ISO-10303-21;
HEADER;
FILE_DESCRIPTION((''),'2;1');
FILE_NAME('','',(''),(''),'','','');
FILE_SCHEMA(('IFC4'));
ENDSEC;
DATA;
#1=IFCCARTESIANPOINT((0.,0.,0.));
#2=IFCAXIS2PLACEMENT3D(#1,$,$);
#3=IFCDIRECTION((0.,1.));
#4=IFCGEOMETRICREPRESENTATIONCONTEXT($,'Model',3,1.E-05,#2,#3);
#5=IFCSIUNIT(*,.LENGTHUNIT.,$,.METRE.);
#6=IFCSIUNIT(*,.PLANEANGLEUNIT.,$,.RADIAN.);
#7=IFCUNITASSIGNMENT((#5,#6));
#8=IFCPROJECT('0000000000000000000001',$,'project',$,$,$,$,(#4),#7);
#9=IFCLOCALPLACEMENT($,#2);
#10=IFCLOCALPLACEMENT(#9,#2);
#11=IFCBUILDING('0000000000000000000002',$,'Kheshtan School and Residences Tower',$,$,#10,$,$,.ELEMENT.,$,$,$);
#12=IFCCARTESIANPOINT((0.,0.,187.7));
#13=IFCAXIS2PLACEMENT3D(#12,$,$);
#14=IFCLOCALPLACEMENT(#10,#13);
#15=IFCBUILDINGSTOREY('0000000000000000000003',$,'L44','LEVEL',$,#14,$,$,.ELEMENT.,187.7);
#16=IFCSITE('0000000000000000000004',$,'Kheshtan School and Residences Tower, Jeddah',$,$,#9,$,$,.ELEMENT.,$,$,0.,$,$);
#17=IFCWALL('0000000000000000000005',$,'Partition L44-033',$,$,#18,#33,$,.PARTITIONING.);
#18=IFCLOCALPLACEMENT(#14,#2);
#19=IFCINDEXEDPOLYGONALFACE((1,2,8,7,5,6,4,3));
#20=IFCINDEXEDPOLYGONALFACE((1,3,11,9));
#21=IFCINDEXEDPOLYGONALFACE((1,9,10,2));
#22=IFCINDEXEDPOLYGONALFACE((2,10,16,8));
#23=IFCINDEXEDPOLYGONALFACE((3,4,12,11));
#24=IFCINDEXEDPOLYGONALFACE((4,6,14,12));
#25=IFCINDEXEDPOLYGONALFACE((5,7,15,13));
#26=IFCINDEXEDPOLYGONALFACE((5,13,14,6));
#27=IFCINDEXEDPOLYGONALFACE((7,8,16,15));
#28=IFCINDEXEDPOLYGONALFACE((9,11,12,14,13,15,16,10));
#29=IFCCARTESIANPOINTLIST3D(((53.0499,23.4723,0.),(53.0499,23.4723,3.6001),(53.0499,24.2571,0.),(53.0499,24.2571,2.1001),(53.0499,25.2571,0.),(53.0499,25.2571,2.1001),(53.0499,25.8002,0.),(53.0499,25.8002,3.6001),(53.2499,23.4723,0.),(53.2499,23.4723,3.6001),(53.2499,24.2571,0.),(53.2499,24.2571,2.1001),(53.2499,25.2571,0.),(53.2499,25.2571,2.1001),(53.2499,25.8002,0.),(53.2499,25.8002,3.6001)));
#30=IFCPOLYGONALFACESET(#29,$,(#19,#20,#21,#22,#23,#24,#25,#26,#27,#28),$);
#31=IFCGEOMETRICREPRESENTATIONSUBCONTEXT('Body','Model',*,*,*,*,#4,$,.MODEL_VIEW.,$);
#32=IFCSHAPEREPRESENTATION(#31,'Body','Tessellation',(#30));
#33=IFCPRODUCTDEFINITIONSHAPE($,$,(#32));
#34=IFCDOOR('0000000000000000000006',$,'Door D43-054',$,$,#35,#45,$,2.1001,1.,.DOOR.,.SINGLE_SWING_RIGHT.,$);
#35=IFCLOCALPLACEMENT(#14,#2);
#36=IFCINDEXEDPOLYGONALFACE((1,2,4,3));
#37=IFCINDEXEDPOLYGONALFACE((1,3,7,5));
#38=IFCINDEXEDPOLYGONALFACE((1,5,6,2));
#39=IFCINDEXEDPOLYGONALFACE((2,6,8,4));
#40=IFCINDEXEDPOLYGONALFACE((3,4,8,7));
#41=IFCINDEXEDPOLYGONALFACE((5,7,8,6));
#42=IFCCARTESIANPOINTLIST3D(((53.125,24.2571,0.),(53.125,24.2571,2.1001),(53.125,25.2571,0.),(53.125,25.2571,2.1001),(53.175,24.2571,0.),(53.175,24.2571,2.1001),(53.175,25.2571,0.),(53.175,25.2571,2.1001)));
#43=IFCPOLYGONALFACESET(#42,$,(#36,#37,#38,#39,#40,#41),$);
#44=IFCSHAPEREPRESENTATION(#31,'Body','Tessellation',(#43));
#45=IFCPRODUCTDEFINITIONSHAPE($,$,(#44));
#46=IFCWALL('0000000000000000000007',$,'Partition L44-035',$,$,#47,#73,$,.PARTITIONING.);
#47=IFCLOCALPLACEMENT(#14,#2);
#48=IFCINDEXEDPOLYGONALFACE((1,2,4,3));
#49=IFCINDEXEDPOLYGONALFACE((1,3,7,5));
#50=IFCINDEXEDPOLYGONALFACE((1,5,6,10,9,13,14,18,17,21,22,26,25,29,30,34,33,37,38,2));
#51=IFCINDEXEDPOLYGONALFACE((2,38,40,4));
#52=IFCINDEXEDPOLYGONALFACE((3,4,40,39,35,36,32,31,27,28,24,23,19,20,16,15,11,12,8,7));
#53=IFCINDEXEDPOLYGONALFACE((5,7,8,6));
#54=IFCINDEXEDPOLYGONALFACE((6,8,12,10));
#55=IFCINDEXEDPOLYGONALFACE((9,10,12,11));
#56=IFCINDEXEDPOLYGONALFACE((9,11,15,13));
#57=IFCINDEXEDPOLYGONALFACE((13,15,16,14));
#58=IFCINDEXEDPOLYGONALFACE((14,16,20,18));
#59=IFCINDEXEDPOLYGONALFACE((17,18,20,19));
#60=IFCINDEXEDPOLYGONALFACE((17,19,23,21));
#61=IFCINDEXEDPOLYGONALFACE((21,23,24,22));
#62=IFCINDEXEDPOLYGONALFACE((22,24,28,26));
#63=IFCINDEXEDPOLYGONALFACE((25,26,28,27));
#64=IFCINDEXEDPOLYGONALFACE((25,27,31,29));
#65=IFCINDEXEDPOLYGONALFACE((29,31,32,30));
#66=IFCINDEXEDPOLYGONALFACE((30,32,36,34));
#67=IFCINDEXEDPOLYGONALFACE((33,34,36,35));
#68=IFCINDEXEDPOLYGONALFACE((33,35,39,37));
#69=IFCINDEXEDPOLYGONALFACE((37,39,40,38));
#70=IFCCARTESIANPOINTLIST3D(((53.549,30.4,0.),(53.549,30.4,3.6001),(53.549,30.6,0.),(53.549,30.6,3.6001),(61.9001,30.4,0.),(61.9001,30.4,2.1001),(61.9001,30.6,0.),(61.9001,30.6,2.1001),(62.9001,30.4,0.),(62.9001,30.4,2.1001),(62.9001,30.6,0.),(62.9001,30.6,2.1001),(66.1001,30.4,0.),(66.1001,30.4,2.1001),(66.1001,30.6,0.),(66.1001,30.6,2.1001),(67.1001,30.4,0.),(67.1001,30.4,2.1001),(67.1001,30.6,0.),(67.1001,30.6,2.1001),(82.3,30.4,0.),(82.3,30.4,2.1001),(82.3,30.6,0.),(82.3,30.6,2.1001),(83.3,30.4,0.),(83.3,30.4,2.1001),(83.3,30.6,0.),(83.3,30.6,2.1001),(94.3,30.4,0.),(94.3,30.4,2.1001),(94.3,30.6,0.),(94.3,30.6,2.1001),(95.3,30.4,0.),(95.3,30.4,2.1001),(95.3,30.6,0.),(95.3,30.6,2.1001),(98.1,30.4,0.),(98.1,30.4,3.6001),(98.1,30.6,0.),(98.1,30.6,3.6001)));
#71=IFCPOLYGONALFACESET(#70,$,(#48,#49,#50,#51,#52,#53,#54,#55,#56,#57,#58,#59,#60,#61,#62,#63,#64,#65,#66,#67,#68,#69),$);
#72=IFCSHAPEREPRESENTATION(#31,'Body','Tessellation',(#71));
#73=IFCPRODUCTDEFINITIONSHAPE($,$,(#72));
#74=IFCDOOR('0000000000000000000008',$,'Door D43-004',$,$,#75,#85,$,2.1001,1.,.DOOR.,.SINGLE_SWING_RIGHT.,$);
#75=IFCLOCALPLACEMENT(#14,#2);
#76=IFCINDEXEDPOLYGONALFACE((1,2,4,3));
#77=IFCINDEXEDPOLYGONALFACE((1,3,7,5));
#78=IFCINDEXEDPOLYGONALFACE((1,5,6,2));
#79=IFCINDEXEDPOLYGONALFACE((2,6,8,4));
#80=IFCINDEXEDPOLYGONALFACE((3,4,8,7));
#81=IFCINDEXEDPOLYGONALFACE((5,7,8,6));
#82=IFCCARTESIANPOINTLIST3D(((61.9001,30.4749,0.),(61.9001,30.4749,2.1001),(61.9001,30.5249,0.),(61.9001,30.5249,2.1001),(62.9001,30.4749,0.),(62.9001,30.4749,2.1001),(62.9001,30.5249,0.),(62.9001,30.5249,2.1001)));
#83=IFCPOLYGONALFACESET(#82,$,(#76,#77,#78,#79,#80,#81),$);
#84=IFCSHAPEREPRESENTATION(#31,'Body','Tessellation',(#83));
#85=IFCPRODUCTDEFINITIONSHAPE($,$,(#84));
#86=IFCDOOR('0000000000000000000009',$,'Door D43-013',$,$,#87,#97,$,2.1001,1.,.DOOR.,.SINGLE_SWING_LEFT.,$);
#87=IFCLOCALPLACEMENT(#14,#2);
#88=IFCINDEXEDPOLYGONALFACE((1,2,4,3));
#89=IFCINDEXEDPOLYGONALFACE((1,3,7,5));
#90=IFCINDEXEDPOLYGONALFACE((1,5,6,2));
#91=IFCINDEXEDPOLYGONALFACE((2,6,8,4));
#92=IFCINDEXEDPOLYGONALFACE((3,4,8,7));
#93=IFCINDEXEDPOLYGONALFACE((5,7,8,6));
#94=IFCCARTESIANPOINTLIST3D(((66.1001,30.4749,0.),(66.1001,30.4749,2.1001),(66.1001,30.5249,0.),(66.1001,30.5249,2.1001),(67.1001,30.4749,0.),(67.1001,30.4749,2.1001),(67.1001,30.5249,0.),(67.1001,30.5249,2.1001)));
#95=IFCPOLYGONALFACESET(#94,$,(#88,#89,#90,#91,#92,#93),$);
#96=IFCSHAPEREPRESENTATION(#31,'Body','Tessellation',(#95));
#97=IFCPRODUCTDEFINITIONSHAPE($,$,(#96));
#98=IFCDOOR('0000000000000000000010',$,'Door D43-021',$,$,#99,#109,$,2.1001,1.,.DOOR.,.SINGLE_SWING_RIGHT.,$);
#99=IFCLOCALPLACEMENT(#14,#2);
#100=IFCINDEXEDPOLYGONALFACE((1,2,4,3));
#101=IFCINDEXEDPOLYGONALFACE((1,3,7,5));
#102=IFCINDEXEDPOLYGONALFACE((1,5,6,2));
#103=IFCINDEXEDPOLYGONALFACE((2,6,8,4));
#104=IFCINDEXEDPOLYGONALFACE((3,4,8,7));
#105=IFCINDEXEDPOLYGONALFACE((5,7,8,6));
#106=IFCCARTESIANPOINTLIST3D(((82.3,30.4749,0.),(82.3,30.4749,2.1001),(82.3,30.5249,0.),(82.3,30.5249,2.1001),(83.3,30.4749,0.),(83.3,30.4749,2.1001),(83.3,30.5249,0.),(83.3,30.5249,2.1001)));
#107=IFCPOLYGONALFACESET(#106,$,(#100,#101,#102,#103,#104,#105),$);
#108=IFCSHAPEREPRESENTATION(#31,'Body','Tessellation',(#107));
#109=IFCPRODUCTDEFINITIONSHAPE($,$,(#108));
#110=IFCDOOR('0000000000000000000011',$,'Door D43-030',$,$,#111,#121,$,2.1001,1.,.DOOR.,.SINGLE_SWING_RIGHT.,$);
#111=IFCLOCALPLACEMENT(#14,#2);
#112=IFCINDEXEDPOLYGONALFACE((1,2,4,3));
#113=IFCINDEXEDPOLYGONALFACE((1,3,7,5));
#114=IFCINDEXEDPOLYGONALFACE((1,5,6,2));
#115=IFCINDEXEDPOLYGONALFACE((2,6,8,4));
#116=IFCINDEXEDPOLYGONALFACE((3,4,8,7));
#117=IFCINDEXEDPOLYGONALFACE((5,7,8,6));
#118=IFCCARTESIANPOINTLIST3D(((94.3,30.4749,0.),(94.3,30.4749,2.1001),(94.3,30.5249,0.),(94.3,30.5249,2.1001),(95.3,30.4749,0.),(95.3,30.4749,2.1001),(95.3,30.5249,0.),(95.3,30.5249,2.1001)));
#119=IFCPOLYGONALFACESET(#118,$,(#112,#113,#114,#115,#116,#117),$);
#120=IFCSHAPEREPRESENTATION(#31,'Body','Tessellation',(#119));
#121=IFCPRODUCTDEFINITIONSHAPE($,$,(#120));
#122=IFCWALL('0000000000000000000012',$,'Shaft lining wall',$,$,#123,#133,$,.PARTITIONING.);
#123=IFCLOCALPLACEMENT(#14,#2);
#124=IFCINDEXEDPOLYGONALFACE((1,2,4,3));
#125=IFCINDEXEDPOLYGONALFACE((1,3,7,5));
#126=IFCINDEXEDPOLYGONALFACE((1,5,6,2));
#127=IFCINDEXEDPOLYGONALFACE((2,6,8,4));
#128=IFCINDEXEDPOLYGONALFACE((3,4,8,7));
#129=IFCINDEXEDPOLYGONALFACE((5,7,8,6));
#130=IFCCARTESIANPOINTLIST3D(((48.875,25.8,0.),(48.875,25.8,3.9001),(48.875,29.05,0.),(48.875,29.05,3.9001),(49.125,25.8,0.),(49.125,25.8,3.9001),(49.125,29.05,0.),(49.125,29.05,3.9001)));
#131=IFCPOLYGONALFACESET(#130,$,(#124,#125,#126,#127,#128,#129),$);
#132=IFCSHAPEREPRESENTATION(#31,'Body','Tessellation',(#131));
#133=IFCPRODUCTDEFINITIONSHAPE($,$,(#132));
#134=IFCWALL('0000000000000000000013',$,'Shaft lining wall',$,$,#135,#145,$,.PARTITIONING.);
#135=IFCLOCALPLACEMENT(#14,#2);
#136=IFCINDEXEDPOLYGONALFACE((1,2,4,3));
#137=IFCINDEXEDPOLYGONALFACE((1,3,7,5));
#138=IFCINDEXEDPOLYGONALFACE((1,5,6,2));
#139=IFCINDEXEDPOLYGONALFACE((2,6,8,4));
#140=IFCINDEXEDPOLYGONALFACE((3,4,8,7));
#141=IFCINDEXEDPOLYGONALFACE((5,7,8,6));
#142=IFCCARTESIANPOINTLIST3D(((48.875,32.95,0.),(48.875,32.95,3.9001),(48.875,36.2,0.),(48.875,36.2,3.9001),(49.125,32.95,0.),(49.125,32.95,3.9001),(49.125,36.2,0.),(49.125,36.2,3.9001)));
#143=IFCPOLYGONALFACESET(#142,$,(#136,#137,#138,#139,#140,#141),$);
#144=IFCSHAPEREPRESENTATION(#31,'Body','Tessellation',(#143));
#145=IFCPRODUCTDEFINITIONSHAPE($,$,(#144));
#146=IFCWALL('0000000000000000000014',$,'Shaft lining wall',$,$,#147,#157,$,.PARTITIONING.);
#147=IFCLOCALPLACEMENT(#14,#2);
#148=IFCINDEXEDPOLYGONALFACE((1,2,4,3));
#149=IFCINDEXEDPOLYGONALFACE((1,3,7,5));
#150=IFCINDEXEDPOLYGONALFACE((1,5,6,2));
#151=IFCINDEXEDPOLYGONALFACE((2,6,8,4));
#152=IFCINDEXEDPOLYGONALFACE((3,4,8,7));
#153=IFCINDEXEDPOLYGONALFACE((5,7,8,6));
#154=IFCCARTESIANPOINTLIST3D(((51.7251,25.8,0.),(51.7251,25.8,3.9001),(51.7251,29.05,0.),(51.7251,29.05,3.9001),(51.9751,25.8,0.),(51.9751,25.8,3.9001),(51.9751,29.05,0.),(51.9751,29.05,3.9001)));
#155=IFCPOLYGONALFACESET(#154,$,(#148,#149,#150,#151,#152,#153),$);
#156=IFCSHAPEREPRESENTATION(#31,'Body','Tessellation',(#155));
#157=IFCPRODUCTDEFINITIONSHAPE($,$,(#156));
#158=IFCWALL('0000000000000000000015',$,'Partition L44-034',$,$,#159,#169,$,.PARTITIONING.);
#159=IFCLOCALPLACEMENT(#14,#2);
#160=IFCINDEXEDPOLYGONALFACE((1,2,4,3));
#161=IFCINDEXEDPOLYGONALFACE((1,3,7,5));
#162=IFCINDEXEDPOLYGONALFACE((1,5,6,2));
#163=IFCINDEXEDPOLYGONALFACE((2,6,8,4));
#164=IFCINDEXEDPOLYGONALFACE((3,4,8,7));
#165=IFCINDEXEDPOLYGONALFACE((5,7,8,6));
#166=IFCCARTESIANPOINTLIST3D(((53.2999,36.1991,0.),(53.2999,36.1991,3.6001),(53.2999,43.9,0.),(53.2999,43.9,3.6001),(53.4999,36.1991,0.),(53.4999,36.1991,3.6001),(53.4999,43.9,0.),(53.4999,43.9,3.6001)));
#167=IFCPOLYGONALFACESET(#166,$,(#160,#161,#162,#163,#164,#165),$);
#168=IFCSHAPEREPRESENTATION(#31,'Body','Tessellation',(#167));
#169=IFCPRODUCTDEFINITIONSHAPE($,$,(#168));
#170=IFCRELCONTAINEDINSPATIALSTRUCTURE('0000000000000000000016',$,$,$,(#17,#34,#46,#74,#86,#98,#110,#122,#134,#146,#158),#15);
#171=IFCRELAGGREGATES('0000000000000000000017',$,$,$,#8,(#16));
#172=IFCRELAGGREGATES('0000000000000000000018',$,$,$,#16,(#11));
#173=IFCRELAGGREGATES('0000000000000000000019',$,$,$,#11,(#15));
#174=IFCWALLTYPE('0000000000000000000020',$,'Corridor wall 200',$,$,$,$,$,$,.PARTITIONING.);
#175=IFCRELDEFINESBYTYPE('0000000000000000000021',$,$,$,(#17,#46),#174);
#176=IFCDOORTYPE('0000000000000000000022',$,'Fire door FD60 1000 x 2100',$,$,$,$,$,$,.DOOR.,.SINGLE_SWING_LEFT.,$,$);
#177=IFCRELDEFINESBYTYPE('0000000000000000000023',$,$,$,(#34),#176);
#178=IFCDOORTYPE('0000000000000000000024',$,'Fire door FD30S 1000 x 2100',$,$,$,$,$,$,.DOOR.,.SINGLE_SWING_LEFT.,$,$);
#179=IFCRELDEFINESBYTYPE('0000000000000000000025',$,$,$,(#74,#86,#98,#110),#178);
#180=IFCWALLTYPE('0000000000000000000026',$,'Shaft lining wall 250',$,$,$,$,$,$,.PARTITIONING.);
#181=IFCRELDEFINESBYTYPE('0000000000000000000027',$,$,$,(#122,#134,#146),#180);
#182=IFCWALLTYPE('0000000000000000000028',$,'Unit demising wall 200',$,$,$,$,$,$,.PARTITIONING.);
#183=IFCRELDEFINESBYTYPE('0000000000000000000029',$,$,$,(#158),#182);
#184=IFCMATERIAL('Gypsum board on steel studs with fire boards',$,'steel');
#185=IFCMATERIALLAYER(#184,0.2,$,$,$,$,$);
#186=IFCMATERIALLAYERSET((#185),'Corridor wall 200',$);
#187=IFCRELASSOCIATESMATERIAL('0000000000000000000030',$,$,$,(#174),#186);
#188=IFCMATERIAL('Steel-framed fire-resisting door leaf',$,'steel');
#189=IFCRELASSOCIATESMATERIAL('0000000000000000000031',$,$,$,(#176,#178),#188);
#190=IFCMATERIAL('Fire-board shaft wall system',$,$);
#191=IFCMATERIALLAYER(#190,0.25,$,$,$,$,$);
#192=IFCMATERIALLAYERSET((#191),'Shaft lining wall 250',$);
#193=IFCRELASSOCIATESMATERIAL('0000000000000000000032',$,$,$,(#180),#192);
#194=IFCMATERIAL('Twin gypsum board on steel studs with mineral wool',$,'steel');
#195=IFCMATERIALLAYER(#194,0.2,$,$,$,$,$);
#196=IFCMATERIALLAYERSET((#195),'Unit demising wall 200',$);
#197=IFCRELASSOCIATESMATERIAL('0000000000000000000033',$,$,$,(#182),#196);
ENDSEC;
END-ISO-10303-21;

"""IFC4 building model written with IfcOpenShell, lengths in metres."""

from ifc_helpers import new_model, si_unit, direction, frame, frame_2d, origin, place, context, subcontext, project, spatial, rectangle, extrude, source, transform, mapped, material, layer, layer_set, type_object, element, fill, save


model = new_model("IFC4")

# Units and contexts
model_context = context("Model", 3, precision=1e-05, world=origin(), true_north=direction((0.0, 1.0)))
body_context = subcontext(model_context, "Body", "Model", "MODEL_VIEW")
ifc_project = project(units=[si_unit("LENGTHUNIT", "METRE"), si_unit("PLANEANGLEUNIT", "RADIAN")], contexts=[model_context])

# Site, building, storey
site_placement = place(None, origin())
site = spatial("IfcSite", under=ifc_project, at=site_placement, Name="Kheshtan School and Residences Tower, Jeddah", CompositionType="ELEMENT", RefElevation=0.0)
building_placement = place(site_placement, origin())
building = spatial("IfcBuilding", under=site, at=building_placement, Name="Kheshtan School and Residences Tower", CompositionType="ELEMENT")
storey_placement = place(building_placement, frame((0.0, 0.0, 187.7)))
storey = spatial("IfcBuildingStorey", under=building, at=storey_placement, Name="L44", Description="LEVEL", CompositionType="ELEMENT", Elevation=187.7)

# Wall, opening, door
ifc_material_1 = material(Name="Gypsum board on steel studs with fire boards", Category="steel")
ifc_layer_1 = layer(ifc_material_1, 0.2)
ifc_layer_set_1 = layer_set([ifc_layer_1], Name="Corridor wall 200")
wall_type_1 = type_object("IfcWallType", Name="Corridor wall 200", PredefinedType="PARTITIONING", material=ifc_layer_set_1)
wall_1_placement = place(storey_placement, frame((53.1499, 23.4722, 0.0), z_axis=(0.0, 0.0, 1.0), x_axis=(0.0, 1.0, 0.0)))
wall_1 = element("IfcWall", 1, at=wall_1_placement, inside=storey, type_object=wall_type_1, Name="Partition L44-033", PredefinedType="PARTITIONING", context=body_context, shape_type="SweptSolid", body=[
    extrude(rectangle(XDim=2.3279, YDim=0.2, at=frame_2d((1.1641, 0.0))), origin(), (0.0, 0.0, 1.0), 3.6001),
])
opening_1_placement = place(wall_1_placement, frame((0.7849, 0.0, 0.0)))
opening_1 = element("IfcOpeningElement", 2, at=opening_1_placement, cuts=wall_1, PredefinedType="OPENING", context=body_context, shape_type="SweptSolid", body=[
    extrude(rectangle(XDim=1.0, YDim=2.1001, at=frame_2d((0.5, 1.05))), frame((0.0, 0.1099, 0.0), z_axis=(0.0, -1.0, 0.0), x_axis=(1.0, 0.0, 0.0)), (0.0, 0.0, 1.0), 0.22),
])
ifc_material_2 = material(Name="Steel-framed fire-resisting door leaf", Category="steel")
door_type_1 = type_object("IfcDoorType", Name="Fire door FD60 1000 x 2100", OperationType="SINGLE_SWING_LEFT", PredefinedType="DOOR", material=ifc_material_2)
shared_shape_1 = source(origin(), body_context, "Body", "SweptSolid", [
    extrude(rectangle(XDim=1.0, YDim=2.1001, at=frame_2d((0.5, 1.05))), frame((0.0, 0.0249, 0.0), z_axis=(0.0, -1.0, 0.0), x_axis=(1.0, 0.0, 0.0)), (0.0, 0.0, 1.0), 0.05),
])
door_1_placement = place(opening_1_placement, origin())
door_1 = element("IfcDoor", 3, at=door_1_placement, inside=storey, type_object=door_type_1, Name="Door D43-054", OperationType="SINGLE_SWING_RIGHT", OverallHeight=2.1001, OverallWidth=1.0, PredefinedType="DOOR", context=body_context, shape_type="MappedRepresentation", body=[
    mapped(shared_shape_1, transform((0.0, 0.0, 0.0), x_axis=(1.0, 0.0, 0.0), y_axis=(0.0, 1.0, 0.0), z_axis=(0.0, 0.0, 1.0), scale=1.0)),
])
fill(opening_1, door_1)

# Wall, openings, doors
wall_2_placement = place(storey_placement, frame((53.5491, 30.5, 0.0), z_axis=(0.0, 0.0, 1.0), x_axis=(1.0, 0.0, 0.0)))
wall_2 = element("IfcWall", 4, at=wall_2_placement, inside=storey, type_object=wall_type_1, Name="Partition L44-035", PredefinedType="PARTITIONING", context=body_context, shape_type="SweptSolid", body=[
    extrude(rectangle(XDim=44.551, YDim=0.2, at=frame_2d((22.2754, 0.0))), origin(), (0.0, 0.0, 1.0), 3.6001),
])
opening_2_placement = place(wall_2_placement, frame((8.3511, 0.0, 0.0)))
opening_2 = element("IfcOpeningElement", 5, at=opening_2_placement, cuts=wall_2, PredefinedType="OPENING", context=body_context, shape_type="SweptSolid", body=[
    extrude(rectangle(XDim=1.0, YDim=2.1001, at=frame_2d((0.5, 1.05))), frame((0.0, 0.1099, 0.0), z_axis=(0.0, -1.0, 0.0), x_axis=(1.0, 0.0, 0.0)), (0.0, 0.0, 1.0), 0.22),
])
opening_3_placement = place(wall_2_placement, frame((12.551, 0.0, 0.0)))
opening_3 = element("IfcOpeningElement", 6, at=opening_3_placement, cuts=wall_2, PredefinedType="OPENING", context=body_context, shape_type="SweptSolid", body=[
    extrude(rectangle(XDim=1.0, YDim=2.1001, at=frame_2d((0.5, 1.05))), frame((0.0, 0.1099, 0.0), z_axis=(0.0, -1.0, 0.0), x_axis=(1.0, 0.0, 0.0)), (0.0, 0.0, 1.0), 0.22),
])
opening_4_placement = place(wall_2_placement, frame((28.751, 0.0, 0.0)))
opening_4 = element("IfcOpeningElement", 7, at=opening_4_placement, cuts=wall_2, PredefinedType="OPENING", context=body_context, shape_type="SweptSolid", body=[
    extrude(rectangle(XDim=1.0, YDim=2.1001, at=frame_2d((0.5, 1.05))), frame((0.0, 0.1099, 0.0), z_axis=(0.0, -1.0, 0.0), x_axis=(1.0, 0.0, 0.0)), (0.0, 0.0, 1.0), 0.22),
])
opening_5_placement = place(wall_2_placement, frame((40.751, 0.0, 0.0)))
opening_5 = element("IfcOpeningElement", 8, at=opening_5_placement, cuts=wall_2, PredefinedType="OPENING", context=body_context, shape_type="SweptSolid", body=[
    extrude(rectangle(XDim=1.0, YDim=2.1001, at=frame_2d((0.5, 1.05))), frame((0.0, 0.1099, 0.0), z_axis=(0.0, -1.0, 0.0), x_axis=(1.0, 0.0, 0.0)), (0.0, 0.0, 1.0), 0.22),
])
door_type_2 = type_object("IfcDoorType", Name="Fire door FD30S 1000 x 2100", OperationType="SINGLE_SWING_LEFT", PredefinedType="DOOR", material=ifc_material_2)
shared_shape_2 = source(origin(), body_context, "Body", "SweptSolid", [
    extrude(rectangle(XDim=1.0, YDim=2.1001, at=frame_2d((0.5, 1.05))), frame((0.0, 0.0249, 0.0), z_axis=(0.0, -1.0, 0.0), x_axis=(1.0, 0.0, 0.0)), (0.0, 0.0, 1.0), 0.05),
])
door_2_placement = place(opening_2_placement, origin())
door_2 = element("IfcDoor", 9, at=door_2_placement, inside=storey, type_object=door_type_2, Name="Door D43-004", OperationType="SINGLE_SWING_RIGHT", OverallHeight=2.1001, OverallWidth=1.0, PredefinedType="DOOR", context=body_context, shape_type="MappedRepresentation", body=[
    mapped(shared_shape_2, transform((0.0, 0.0, 0.0), x_axis=(1.0, 0.0, 0.0), y_axis=(0.0, 1.0, 0.0), z_axis=(0.0, 0.0, 1.0), scale=1.0)),
])
fill(opening_2, door_2)
door_3_placement = place(opening_3_placement, origin())
door_3 = element("IfcDoor", 10, at=door_3_placement, inside=storey, type_object=door_type_2, Name="Door D43-013", OperationType="SINGLE_SWING_LEFT", OverallHeight=2.1001, OverallWidth=1.0, PredefinedType="DOOR", context=body_context, shape_type="MappedRepresentation", body=[
    mapped(shared_shape_2, transform((0.0, 0.0, 0.0), x_axis=(1.0, 0.0, 0.0), y_axis=(0.0, 1.0, 0.0), z_axis=(0.0, 0.0, 1.0), scale=1.0)),
])
fill(opening_3, door_3)
door_4_placement = place(opening_4_placement, origin())
door_4 = element("IfcDoor", 11, at=door_4_placement, inside=storey, type_object=door_type_2, Name="Door D43-021", OperationType="SINGLE_SWING_RIGHT", OverallHeight=2.1001, OverallWidth=1.0, PredefinedType="DOOR", context=body_context, shape_type="MappedRepresentation", body=[
    mapped(shared_shape_2, transform((0.0, 0.0, 0.0), x_axis=(1.0, 0.0, 0.0), y_axis=(0.0, 1.0, 0.0), z_axis=(0.0, 0.0, 1.0), scale=1.0)),
])
fill(opening_4, door_4)
door_5_placement = place(opening_5_placement, origin())
door_5 = element("IfcDoor", 12, at=door_5_placement, inside=storey, type_object=door_type_2, Name="Door D43-030", OperationType="SINGLE_SWING_RIGHT", OverallHeight=2.1001, OverallWidth=1.0, PredefinedType="DOOR", context=body_context, shape_type="MappedRepresentation", body=[
    mapped(shared_shape_2, transform((0.0, 0.0, 0.0), x_axis=(1.0, 0.0, 0.0), y_axis=(0.0, 1.0, 0.0), z_axis=(0.0, 0.0, 1.0), scale=1.0)),
])
fill(opening_5, door_5)

# Walls
ifc_material_3 = material(Name="Fire-board shaft wall system")
ifc_layer_2 = layer(ifc_material_3, 0.25)
ifc_layer_set_2 = layer_set([ifc_layer_2], Name="Shaft lining wall 250")
wall_type_2 = type_object("IfcWallType", Name="Shaft lining wall 250", PredefinedType="PARTITIONING", material=ifc_layer_set_2)
for number, where, z_axis, x_axis, name in (
    (13, (49.0, 25.8, 0.0), (0.0, 0.0, 1.0), (0.0, 1.0, 0.0), "Shaft lining wall"),
    (14, (49.0, 32.95, 0.0), (0.0, 0.0, 1.0), (0.0, 1.0, 0.0), "Shaft lining wall"),
    (15, (51.8501, 25.8, 0.0), (0.0, 0.0, 1.0), (0.0, 1.0, 0.0), "Shaft lining wall"),
):
    element("IfcWall", number, at=place(storey_placement, frame(where, z_axis=z_axis, x_axis=x_axis)), inside=storey, type_object=wall_type_2, Name=name, PredefinedType="PARTITIONING", context=body_context, shape_type="SweptSolid", body=[
        extrude(rectangle(XDim=3.25, YDim=0.25, at=frame_2d((1.625, 0.0))), origin(), (0.0, 0.0, 1.0), 3.9001),
    ])
ifc_material_4 = material(Name="Twin gypsum board on steel studs with mineral wool", Category="steel")
ifc_layer_3 = layer(ifc_material_4, 0.2)
ifc_layer_set_3 = layer_set([ifc_layer_3], Name="Unit demising wall 200")
wall_type_3 = type_object("IfcWallType", Name="Unit demising wall 200", PredefinedType="PARTITIONING", material=ifc_layer_set_3)
wall_3_placement = place(storey_placement, frame((53.3999, 36.199, 0.0), z_axis=(0.0, 0.0, 1.0), x_axis=(0.0, 1.0, 0.0)))
element("IfcWall", 16, at=wall_3_placement, inside=storey, type_object=wall_type_3, Name="Partition L44-034", PredefinedType="PARTITIONING", context=body_context, shape_type="SweptSolid", body=[
    extrude(rectangle(XDim=7.7009, YDim=0.2, at=frame_2d((3.8506, 0.0))), origin(), (0.0, 0.0, 1.0), 3.6001),
])

save(model, "model.ifc")
